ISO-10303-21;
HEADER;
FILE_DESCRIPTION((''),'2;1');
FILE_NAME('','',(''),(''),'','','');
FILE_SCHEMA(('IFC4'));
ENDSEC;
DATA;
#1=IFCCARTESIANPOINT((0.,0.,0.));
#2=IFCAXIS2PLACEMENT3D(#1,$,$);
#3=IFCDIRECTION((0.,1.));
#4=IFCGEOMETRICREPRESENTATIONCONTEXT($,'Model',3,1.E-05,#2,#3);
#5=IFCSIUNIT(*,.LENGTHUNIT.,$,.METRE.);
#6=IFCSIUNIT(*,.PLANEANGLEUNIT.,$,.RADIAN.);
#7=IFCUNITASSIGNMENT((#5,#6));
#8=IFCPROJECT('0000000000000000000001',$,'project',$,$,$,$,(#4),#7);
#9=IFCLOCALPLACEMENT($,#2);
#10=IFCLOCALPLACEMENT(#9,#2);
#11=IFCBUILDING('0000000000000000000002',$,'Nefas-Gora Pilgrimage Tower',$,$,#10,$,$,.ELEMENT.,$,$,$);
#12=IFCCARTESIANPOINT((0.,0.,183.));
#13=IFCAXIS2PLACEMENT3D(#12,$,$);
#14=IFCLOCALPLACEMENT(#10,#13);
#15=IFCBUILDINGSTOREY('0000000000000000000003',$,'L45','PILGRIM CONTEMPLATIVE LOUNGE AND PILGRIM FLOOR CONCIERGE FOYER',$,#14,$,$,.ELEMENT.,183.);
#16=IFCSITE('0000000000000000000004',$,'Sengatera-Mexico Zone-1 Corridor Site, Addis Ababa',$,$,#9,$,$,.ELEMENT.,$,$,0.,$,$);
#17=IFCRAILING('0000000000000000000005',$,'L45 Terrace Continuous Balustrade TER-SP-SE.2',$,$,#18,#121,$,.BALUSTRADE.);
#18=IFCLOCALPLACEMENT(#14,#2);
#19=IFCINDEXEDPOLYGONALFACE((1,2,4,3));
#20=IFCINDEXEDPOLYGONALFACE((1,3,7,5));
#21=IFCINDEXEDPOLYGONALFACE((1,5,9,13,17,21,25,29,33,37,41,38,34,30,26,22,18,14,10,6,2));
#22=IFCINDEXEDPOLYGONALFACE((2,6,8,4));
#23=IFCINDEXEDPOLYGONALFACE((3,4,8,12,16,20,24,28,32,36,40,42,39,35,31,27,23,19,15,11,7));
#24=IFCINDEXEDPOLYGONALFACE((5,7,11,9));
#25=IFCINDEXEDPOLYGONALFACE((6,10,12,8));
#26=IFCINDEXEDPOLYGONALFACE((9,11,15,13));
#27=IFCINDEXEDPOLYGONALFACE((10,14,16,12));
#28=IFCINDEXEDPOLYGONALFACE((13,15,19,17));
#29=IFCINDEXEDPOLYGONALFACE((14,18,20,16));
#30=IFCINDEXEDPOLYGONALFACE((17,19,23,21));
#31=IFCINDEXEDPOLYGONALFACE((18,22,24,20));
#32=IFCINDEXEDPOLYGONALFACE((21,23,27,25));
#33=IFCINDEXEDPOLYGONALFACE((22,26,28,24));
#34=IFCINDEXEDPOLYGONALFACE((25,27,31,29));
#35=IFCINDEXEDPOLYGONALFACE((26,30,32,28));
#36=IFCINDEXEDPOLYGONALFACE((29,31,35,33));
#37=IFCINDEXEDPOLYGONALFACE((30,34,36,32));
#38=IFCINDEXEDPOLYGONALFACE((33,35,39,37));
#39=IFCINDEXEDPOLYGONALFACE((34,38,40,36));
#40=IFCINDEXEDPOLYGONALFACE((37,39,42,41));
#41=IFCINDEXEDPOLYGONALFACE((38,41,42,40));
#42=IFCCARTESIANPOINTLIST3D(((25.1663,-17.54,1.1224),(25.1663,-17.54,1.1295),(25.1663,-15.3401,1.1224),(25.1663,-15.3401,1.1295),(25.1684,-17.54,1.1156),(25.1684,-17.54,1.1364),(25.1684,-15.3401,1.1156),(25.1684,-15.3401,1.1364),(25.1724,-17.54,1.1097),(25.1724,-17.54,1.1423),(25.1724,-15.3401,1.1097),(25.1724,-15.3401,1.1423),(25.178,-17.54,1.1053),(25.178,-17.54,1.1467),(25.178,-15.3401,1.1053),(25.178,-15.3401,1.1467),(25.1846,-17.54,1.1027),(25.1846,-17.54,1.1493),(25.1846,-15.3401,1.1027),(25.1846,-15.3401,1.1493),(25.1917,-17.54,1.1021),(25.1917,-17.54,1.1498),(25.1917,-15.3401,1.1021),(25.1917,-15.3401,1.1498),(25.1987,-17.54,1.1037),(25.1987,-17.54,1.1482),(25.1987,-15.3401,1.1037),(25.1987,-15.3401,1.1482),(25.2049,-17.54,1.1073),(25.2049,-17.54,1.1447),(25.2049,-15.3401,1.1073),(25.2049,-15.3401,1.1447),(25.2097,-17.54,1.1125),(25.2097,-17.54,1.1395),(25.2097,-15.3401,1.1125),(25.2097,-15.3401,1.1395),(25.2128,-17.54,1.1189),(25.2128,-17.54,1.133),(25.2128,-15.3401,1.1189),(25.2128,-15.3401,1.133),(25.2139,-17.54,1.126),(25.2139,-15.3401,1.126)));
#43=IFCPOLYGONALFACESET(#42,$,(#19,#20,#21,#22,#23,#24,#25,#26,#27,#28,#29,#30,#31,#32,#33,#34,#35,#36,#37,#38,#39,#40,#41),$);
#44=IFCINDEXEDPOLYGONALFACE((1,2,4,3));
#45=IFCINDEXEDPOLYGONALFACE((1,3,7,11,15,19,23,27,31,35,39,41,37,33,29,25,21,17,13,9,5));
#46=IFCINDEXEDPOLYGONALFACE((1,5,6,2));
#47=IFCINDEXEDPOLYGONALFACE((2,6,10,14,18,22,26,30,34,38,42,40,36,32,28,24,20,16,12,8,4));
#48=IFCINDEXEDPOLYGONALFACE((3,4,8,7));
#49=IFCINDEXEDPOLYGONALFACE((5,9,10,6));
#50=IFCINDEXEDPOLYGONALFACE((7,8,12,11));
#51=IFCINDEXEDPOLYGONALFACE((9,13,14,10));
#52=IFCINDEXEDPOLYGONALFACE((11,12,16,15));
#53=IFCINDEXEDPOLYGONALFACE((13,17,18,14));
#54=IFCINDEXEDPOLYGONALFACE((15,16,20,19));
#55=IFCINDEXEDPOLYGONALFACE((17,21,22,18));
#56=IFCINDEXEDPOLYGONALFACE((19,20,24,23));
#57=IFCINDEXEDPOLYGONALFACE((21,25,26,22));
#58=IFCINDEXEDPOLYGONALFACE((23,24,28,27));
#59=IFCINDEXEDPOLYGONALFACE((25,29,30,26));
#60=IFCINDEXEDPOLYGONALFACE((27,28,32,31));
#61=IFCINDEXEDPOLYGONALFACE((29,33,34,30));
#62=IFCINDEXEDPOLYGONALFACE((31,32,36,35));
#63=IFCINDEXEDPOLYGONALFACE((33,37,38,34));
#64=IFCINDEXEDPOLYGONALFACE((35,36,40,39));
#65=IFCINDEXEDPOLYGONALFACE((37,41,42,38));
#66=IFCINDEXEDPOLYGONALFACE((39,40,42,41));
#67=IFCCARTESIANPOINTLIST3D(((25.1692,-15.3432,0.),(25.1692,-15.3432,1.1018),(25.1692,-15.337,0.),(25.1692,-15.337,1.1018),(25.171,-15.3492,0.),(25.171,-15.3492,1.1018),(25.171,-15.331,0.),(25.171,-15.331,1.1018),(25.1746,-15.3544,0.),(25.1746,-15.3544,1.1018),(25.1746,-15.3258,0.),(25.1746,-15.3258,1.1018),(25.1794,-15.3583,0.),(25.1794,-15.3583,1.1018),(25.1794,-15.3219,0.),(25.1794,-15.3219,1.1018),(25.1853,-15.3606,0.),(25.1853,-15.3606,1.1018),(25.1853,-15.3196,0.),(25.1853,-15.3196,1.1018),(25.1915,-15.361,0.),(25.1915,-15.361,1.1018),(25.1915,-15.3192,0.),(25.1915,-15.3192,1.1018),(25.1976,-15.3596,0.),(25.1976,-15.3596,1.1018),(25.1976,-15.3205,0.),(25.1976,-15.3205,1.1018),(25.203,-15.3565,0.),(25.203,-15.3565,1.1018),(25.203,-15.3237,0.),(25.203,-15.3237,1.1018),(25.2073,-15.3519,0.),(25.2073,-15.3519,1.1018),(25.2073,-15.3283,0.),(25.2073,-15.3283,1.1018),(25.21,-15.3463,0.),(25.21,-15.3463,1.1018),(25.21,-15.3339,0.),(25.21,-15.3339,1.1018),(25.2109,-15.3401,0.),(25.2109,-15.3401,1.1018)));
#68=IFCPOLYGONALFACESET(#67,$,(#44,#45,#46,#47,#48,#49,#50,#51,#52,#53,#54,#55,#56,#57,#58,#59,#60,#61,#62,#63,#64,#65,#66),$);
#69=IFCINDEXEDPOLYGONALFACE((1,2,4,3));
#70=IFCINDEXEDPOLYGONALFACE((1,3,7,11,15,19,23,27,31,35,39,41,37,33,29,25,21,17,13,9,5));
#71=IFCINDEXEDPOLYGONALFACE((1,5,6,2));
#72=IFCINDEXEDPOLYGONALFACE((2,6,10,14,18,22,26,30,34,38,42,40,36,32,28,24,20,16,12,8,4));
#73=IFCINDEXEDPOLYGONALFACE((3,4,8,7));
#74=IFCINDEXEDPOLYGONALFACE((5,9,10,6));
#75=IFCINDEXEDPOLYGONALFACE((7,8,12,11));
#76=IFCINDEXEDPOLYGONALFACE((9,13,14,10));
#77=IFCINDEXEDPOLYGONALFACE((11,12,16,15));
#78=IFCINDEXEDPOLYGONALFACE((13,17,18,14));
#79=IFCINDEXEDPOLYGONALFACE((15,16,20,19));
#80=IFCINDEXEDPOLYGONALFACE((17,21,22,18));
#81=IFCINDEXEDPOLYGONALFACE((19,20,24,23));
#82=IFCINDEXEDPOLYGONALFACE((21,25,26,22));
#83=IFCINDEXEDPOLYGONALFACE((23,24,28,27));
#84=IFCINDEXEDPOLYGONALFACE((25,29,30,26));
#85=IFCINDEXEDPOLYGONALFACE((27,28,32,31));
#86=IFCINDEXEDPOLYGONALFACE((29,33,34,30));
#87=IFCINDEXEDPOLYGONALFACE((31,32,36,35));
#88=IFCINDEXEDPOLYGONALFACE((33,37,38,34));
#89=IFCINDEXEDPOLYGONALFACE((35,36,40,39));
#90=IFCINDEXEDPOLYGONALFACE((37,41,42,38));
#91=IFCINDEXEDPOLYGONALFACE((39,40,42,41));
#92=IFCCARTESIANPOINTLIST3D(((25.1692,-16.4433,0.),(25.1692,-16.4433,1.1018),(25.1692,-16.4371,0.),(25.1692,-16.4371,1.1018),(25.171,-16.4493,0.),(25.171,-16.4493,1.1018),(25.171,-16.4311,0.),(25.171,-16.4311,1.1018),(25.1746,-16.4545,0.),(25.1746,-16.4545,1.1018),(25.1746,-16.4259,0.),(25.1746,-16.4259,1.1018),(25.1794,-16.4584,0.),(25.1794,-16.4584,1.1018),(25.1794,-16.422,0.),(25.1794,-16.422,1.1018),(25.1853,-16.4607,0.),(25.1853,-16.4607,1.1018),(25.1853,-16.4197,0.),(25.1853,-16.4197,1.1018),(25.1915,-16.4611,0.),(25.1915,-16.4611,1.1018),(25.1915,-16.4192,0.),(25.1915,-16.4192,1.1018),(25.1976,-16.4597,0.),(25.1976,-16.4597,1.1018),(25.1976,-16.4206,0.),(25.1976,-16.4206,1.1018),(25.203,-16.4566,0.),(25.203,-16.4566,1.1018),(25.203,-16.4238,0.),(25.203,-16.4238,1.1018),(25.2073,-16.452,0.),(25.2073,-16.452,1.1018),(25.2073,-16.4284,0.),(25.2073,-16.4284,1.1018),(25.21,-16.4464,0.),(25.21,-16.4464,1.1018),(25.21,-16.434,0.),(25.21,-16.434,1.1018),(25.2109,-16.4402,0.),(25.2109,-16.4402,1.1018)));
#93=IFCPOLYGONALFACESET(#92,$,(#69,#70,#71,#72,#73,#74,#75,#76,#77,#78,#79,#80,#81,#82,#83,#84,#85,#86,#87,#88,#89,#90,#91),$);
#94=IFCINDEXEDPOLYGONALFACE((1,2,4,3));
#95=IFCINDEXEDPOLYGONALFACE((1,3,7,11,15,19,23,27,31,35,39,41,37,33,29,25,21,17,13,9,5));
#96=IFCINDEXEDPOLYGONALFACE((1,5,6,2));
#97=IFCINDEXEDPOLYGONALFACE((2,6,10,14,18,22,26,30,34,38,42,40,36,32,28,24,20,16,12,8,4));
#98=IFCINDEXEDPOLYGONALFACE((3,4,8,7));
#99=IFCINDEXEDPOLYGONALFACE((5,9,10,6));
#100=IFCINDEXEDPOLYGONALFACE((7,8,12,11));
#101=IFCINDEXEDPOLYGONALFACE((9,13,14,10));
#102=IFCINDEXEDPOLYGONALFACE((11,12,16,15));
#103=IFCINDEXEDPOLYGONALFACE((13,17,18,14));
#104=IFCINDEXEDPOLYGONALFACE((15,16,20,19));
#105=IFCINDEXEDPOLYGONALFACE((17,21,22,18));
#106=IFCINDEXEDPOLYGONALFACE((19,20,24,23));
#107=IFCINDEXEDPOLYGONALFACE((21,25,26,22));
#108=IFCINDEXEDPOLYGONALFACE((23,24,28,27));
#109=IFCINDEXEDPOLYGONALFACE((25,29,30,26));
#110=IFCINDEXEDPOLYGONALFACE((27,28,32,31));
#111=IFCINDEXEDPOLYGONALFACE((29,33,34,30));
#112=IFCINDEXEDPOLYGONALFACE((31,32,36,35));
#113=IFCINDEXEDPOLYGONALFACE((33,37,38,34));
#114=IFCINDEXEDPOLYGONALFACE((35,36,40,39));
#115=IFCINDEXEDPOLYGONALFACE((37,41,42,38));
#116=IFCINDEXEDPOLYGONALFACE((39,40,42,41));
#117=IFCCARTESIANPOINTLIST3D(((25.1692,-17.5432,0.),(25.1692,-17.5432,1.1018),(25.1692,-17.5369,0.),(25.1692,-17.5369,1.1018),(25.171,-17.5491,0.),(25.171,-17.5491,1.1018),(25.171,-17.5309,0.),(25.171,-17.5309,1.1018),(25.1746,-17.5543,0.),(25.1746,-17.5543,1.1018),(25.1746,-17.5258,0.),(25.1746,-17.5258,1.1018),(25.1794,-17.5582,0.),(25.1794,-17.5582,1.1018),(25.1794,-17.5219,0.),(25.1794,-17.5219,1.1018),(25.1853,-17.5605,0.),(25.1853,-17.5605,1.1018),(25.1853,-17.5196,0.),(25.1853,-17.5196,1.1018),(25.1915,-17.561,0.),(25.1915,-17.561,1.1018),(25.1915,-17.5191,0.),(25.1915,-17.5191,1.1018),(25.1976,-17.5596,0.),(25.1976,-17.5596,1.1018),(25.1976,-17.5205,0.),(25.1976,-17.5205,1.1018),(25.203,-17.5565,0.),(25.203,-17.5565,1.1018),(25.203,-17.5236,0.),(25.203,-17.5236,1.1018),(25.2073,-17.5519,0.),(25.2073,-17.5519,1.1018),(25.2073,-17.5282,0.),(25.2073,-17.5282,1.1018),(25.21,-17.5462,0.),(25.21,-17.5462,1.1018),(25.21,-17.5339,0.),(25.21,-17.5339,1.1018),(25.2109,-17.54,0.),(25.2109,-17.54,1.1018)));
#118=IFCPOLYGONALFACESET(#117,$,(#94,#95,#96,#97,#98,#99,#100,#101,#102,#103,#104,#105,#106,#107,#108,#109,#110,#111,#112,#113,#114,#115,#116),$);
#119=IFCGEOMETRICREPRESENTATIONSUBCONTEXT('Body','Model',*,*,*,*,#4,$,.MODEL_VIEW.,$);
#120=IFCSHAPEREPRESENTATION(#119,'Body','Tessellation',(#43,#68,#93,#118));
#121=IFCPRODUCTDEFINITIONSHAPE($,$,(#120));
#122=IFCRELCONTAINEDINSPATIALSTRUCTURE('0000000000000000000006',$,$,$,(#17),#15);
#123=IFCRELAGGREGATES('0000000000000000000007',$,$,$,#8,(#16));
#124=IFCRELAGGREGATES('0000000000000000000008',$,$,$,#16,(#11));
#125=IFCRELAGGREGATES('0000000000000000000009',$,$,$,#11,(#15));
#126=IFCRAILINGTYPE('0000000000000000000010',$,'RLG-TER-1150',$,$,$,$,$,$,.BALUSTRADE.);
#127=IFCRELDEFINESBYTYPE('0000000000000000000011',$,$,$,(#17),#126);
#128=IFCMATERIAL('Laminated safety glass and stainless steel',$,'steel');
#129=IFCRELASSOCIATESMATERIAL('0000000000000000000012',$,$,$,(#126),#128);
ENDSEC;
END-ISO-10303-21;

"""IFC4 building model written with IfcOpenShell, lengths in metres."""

from ifc_helpers import new_model, si_unit, direction, frame, origin, origin_2d, place, context, subcontext, project, spatial, circle, extrude, material, type_object, element, save


model = new_model("IFC4")

# Units and contexts
model_context = context("Model", 3, precision=1e-05, world=origin(), true_north=direction((0.0, 1.0)))
body_context = subcontext(model_context, "Body", "Model", "MODEL_VIEW")
ifc_project = project(units=[si_unit("LENGTHUNIT", "METRE"), si_unit("PLANEANGLEUNIT", "RADIAN")], contexts=[model_context])

# Site, building, storey
site_placement = place(None, origin())
site = spatial("IfcSite", under=ifc_project, at=site_placement, Name="Sengatera-Mexico Zone-1 Corridor Site, Addis Ababa", CompositionType="ELEMENT", RefElevation=0.0)
building_placement = place(site_placement, origin())
building = spatial("IfcBuilding", under=site, at=building_placement, Name="Nefas-Gora Pilgrimage Tower", CompositionType="ELEMENT")
storey_placement = place(building_placement, frame((0.0, 0.0, 183.0)))
storey = spatial("IfcBuildingStorey", under=building, at=storey_placement, Name="L45", Description="PILGRIM CONTEMPLATIVE LOUNGE AND PILGRIM FLOOR CONCIERGE FOYER", CompositionType="ELEMENT", Elevation=183.0)

# Railing
ifc_material_1 = material(Name="Laminated safety glass and stainless steel", Category="steel")
railing_type = type_object("IfcRailingType", Name="RLG-TER-1150", PredefinedType="BALUSTRADE", material=ifc_material_1)
railing_1_placement = place(storey_placement, frame((25.1899, -15.3401, 0.0)))
element("IfcRailing", 1, at=railing_1_placement, inside=storey, type_object=railing_type, Name="L45 Terrace Continuous Balustrade TER-SP-SE.2", PredefinedType="BALUSTRADE", context=body_context, shape_type="SweptSolid", body=[
    extrude(circle(Radius=0.0239, at=origin_2d()), frame((0.0, 0.0, 1.126), z_axis=(0.0, -1.0, 0.0), x_axis=(1.0, 0.0, 0.0)), (0.0, 0.0, 1.0), 2.2),
    extrude(circle(Radius=0.021, at=origin_2d()), origin(), (0.0, 0.0, 1.0), 1.1018),
    extrude(circle(Radius=0.021, at=origin_2d()), frame((0.0, -1.1001, 0.0)), (0.0, 0.0, 1.0), 1.1018),
    extrude(circle(Radius=0.021, at=origin_2d()), frame((0.0, -2.2, 0.0)), (0.0, 0.0, 1.0), 1.1018),
])

save(model, "model.ifc")
